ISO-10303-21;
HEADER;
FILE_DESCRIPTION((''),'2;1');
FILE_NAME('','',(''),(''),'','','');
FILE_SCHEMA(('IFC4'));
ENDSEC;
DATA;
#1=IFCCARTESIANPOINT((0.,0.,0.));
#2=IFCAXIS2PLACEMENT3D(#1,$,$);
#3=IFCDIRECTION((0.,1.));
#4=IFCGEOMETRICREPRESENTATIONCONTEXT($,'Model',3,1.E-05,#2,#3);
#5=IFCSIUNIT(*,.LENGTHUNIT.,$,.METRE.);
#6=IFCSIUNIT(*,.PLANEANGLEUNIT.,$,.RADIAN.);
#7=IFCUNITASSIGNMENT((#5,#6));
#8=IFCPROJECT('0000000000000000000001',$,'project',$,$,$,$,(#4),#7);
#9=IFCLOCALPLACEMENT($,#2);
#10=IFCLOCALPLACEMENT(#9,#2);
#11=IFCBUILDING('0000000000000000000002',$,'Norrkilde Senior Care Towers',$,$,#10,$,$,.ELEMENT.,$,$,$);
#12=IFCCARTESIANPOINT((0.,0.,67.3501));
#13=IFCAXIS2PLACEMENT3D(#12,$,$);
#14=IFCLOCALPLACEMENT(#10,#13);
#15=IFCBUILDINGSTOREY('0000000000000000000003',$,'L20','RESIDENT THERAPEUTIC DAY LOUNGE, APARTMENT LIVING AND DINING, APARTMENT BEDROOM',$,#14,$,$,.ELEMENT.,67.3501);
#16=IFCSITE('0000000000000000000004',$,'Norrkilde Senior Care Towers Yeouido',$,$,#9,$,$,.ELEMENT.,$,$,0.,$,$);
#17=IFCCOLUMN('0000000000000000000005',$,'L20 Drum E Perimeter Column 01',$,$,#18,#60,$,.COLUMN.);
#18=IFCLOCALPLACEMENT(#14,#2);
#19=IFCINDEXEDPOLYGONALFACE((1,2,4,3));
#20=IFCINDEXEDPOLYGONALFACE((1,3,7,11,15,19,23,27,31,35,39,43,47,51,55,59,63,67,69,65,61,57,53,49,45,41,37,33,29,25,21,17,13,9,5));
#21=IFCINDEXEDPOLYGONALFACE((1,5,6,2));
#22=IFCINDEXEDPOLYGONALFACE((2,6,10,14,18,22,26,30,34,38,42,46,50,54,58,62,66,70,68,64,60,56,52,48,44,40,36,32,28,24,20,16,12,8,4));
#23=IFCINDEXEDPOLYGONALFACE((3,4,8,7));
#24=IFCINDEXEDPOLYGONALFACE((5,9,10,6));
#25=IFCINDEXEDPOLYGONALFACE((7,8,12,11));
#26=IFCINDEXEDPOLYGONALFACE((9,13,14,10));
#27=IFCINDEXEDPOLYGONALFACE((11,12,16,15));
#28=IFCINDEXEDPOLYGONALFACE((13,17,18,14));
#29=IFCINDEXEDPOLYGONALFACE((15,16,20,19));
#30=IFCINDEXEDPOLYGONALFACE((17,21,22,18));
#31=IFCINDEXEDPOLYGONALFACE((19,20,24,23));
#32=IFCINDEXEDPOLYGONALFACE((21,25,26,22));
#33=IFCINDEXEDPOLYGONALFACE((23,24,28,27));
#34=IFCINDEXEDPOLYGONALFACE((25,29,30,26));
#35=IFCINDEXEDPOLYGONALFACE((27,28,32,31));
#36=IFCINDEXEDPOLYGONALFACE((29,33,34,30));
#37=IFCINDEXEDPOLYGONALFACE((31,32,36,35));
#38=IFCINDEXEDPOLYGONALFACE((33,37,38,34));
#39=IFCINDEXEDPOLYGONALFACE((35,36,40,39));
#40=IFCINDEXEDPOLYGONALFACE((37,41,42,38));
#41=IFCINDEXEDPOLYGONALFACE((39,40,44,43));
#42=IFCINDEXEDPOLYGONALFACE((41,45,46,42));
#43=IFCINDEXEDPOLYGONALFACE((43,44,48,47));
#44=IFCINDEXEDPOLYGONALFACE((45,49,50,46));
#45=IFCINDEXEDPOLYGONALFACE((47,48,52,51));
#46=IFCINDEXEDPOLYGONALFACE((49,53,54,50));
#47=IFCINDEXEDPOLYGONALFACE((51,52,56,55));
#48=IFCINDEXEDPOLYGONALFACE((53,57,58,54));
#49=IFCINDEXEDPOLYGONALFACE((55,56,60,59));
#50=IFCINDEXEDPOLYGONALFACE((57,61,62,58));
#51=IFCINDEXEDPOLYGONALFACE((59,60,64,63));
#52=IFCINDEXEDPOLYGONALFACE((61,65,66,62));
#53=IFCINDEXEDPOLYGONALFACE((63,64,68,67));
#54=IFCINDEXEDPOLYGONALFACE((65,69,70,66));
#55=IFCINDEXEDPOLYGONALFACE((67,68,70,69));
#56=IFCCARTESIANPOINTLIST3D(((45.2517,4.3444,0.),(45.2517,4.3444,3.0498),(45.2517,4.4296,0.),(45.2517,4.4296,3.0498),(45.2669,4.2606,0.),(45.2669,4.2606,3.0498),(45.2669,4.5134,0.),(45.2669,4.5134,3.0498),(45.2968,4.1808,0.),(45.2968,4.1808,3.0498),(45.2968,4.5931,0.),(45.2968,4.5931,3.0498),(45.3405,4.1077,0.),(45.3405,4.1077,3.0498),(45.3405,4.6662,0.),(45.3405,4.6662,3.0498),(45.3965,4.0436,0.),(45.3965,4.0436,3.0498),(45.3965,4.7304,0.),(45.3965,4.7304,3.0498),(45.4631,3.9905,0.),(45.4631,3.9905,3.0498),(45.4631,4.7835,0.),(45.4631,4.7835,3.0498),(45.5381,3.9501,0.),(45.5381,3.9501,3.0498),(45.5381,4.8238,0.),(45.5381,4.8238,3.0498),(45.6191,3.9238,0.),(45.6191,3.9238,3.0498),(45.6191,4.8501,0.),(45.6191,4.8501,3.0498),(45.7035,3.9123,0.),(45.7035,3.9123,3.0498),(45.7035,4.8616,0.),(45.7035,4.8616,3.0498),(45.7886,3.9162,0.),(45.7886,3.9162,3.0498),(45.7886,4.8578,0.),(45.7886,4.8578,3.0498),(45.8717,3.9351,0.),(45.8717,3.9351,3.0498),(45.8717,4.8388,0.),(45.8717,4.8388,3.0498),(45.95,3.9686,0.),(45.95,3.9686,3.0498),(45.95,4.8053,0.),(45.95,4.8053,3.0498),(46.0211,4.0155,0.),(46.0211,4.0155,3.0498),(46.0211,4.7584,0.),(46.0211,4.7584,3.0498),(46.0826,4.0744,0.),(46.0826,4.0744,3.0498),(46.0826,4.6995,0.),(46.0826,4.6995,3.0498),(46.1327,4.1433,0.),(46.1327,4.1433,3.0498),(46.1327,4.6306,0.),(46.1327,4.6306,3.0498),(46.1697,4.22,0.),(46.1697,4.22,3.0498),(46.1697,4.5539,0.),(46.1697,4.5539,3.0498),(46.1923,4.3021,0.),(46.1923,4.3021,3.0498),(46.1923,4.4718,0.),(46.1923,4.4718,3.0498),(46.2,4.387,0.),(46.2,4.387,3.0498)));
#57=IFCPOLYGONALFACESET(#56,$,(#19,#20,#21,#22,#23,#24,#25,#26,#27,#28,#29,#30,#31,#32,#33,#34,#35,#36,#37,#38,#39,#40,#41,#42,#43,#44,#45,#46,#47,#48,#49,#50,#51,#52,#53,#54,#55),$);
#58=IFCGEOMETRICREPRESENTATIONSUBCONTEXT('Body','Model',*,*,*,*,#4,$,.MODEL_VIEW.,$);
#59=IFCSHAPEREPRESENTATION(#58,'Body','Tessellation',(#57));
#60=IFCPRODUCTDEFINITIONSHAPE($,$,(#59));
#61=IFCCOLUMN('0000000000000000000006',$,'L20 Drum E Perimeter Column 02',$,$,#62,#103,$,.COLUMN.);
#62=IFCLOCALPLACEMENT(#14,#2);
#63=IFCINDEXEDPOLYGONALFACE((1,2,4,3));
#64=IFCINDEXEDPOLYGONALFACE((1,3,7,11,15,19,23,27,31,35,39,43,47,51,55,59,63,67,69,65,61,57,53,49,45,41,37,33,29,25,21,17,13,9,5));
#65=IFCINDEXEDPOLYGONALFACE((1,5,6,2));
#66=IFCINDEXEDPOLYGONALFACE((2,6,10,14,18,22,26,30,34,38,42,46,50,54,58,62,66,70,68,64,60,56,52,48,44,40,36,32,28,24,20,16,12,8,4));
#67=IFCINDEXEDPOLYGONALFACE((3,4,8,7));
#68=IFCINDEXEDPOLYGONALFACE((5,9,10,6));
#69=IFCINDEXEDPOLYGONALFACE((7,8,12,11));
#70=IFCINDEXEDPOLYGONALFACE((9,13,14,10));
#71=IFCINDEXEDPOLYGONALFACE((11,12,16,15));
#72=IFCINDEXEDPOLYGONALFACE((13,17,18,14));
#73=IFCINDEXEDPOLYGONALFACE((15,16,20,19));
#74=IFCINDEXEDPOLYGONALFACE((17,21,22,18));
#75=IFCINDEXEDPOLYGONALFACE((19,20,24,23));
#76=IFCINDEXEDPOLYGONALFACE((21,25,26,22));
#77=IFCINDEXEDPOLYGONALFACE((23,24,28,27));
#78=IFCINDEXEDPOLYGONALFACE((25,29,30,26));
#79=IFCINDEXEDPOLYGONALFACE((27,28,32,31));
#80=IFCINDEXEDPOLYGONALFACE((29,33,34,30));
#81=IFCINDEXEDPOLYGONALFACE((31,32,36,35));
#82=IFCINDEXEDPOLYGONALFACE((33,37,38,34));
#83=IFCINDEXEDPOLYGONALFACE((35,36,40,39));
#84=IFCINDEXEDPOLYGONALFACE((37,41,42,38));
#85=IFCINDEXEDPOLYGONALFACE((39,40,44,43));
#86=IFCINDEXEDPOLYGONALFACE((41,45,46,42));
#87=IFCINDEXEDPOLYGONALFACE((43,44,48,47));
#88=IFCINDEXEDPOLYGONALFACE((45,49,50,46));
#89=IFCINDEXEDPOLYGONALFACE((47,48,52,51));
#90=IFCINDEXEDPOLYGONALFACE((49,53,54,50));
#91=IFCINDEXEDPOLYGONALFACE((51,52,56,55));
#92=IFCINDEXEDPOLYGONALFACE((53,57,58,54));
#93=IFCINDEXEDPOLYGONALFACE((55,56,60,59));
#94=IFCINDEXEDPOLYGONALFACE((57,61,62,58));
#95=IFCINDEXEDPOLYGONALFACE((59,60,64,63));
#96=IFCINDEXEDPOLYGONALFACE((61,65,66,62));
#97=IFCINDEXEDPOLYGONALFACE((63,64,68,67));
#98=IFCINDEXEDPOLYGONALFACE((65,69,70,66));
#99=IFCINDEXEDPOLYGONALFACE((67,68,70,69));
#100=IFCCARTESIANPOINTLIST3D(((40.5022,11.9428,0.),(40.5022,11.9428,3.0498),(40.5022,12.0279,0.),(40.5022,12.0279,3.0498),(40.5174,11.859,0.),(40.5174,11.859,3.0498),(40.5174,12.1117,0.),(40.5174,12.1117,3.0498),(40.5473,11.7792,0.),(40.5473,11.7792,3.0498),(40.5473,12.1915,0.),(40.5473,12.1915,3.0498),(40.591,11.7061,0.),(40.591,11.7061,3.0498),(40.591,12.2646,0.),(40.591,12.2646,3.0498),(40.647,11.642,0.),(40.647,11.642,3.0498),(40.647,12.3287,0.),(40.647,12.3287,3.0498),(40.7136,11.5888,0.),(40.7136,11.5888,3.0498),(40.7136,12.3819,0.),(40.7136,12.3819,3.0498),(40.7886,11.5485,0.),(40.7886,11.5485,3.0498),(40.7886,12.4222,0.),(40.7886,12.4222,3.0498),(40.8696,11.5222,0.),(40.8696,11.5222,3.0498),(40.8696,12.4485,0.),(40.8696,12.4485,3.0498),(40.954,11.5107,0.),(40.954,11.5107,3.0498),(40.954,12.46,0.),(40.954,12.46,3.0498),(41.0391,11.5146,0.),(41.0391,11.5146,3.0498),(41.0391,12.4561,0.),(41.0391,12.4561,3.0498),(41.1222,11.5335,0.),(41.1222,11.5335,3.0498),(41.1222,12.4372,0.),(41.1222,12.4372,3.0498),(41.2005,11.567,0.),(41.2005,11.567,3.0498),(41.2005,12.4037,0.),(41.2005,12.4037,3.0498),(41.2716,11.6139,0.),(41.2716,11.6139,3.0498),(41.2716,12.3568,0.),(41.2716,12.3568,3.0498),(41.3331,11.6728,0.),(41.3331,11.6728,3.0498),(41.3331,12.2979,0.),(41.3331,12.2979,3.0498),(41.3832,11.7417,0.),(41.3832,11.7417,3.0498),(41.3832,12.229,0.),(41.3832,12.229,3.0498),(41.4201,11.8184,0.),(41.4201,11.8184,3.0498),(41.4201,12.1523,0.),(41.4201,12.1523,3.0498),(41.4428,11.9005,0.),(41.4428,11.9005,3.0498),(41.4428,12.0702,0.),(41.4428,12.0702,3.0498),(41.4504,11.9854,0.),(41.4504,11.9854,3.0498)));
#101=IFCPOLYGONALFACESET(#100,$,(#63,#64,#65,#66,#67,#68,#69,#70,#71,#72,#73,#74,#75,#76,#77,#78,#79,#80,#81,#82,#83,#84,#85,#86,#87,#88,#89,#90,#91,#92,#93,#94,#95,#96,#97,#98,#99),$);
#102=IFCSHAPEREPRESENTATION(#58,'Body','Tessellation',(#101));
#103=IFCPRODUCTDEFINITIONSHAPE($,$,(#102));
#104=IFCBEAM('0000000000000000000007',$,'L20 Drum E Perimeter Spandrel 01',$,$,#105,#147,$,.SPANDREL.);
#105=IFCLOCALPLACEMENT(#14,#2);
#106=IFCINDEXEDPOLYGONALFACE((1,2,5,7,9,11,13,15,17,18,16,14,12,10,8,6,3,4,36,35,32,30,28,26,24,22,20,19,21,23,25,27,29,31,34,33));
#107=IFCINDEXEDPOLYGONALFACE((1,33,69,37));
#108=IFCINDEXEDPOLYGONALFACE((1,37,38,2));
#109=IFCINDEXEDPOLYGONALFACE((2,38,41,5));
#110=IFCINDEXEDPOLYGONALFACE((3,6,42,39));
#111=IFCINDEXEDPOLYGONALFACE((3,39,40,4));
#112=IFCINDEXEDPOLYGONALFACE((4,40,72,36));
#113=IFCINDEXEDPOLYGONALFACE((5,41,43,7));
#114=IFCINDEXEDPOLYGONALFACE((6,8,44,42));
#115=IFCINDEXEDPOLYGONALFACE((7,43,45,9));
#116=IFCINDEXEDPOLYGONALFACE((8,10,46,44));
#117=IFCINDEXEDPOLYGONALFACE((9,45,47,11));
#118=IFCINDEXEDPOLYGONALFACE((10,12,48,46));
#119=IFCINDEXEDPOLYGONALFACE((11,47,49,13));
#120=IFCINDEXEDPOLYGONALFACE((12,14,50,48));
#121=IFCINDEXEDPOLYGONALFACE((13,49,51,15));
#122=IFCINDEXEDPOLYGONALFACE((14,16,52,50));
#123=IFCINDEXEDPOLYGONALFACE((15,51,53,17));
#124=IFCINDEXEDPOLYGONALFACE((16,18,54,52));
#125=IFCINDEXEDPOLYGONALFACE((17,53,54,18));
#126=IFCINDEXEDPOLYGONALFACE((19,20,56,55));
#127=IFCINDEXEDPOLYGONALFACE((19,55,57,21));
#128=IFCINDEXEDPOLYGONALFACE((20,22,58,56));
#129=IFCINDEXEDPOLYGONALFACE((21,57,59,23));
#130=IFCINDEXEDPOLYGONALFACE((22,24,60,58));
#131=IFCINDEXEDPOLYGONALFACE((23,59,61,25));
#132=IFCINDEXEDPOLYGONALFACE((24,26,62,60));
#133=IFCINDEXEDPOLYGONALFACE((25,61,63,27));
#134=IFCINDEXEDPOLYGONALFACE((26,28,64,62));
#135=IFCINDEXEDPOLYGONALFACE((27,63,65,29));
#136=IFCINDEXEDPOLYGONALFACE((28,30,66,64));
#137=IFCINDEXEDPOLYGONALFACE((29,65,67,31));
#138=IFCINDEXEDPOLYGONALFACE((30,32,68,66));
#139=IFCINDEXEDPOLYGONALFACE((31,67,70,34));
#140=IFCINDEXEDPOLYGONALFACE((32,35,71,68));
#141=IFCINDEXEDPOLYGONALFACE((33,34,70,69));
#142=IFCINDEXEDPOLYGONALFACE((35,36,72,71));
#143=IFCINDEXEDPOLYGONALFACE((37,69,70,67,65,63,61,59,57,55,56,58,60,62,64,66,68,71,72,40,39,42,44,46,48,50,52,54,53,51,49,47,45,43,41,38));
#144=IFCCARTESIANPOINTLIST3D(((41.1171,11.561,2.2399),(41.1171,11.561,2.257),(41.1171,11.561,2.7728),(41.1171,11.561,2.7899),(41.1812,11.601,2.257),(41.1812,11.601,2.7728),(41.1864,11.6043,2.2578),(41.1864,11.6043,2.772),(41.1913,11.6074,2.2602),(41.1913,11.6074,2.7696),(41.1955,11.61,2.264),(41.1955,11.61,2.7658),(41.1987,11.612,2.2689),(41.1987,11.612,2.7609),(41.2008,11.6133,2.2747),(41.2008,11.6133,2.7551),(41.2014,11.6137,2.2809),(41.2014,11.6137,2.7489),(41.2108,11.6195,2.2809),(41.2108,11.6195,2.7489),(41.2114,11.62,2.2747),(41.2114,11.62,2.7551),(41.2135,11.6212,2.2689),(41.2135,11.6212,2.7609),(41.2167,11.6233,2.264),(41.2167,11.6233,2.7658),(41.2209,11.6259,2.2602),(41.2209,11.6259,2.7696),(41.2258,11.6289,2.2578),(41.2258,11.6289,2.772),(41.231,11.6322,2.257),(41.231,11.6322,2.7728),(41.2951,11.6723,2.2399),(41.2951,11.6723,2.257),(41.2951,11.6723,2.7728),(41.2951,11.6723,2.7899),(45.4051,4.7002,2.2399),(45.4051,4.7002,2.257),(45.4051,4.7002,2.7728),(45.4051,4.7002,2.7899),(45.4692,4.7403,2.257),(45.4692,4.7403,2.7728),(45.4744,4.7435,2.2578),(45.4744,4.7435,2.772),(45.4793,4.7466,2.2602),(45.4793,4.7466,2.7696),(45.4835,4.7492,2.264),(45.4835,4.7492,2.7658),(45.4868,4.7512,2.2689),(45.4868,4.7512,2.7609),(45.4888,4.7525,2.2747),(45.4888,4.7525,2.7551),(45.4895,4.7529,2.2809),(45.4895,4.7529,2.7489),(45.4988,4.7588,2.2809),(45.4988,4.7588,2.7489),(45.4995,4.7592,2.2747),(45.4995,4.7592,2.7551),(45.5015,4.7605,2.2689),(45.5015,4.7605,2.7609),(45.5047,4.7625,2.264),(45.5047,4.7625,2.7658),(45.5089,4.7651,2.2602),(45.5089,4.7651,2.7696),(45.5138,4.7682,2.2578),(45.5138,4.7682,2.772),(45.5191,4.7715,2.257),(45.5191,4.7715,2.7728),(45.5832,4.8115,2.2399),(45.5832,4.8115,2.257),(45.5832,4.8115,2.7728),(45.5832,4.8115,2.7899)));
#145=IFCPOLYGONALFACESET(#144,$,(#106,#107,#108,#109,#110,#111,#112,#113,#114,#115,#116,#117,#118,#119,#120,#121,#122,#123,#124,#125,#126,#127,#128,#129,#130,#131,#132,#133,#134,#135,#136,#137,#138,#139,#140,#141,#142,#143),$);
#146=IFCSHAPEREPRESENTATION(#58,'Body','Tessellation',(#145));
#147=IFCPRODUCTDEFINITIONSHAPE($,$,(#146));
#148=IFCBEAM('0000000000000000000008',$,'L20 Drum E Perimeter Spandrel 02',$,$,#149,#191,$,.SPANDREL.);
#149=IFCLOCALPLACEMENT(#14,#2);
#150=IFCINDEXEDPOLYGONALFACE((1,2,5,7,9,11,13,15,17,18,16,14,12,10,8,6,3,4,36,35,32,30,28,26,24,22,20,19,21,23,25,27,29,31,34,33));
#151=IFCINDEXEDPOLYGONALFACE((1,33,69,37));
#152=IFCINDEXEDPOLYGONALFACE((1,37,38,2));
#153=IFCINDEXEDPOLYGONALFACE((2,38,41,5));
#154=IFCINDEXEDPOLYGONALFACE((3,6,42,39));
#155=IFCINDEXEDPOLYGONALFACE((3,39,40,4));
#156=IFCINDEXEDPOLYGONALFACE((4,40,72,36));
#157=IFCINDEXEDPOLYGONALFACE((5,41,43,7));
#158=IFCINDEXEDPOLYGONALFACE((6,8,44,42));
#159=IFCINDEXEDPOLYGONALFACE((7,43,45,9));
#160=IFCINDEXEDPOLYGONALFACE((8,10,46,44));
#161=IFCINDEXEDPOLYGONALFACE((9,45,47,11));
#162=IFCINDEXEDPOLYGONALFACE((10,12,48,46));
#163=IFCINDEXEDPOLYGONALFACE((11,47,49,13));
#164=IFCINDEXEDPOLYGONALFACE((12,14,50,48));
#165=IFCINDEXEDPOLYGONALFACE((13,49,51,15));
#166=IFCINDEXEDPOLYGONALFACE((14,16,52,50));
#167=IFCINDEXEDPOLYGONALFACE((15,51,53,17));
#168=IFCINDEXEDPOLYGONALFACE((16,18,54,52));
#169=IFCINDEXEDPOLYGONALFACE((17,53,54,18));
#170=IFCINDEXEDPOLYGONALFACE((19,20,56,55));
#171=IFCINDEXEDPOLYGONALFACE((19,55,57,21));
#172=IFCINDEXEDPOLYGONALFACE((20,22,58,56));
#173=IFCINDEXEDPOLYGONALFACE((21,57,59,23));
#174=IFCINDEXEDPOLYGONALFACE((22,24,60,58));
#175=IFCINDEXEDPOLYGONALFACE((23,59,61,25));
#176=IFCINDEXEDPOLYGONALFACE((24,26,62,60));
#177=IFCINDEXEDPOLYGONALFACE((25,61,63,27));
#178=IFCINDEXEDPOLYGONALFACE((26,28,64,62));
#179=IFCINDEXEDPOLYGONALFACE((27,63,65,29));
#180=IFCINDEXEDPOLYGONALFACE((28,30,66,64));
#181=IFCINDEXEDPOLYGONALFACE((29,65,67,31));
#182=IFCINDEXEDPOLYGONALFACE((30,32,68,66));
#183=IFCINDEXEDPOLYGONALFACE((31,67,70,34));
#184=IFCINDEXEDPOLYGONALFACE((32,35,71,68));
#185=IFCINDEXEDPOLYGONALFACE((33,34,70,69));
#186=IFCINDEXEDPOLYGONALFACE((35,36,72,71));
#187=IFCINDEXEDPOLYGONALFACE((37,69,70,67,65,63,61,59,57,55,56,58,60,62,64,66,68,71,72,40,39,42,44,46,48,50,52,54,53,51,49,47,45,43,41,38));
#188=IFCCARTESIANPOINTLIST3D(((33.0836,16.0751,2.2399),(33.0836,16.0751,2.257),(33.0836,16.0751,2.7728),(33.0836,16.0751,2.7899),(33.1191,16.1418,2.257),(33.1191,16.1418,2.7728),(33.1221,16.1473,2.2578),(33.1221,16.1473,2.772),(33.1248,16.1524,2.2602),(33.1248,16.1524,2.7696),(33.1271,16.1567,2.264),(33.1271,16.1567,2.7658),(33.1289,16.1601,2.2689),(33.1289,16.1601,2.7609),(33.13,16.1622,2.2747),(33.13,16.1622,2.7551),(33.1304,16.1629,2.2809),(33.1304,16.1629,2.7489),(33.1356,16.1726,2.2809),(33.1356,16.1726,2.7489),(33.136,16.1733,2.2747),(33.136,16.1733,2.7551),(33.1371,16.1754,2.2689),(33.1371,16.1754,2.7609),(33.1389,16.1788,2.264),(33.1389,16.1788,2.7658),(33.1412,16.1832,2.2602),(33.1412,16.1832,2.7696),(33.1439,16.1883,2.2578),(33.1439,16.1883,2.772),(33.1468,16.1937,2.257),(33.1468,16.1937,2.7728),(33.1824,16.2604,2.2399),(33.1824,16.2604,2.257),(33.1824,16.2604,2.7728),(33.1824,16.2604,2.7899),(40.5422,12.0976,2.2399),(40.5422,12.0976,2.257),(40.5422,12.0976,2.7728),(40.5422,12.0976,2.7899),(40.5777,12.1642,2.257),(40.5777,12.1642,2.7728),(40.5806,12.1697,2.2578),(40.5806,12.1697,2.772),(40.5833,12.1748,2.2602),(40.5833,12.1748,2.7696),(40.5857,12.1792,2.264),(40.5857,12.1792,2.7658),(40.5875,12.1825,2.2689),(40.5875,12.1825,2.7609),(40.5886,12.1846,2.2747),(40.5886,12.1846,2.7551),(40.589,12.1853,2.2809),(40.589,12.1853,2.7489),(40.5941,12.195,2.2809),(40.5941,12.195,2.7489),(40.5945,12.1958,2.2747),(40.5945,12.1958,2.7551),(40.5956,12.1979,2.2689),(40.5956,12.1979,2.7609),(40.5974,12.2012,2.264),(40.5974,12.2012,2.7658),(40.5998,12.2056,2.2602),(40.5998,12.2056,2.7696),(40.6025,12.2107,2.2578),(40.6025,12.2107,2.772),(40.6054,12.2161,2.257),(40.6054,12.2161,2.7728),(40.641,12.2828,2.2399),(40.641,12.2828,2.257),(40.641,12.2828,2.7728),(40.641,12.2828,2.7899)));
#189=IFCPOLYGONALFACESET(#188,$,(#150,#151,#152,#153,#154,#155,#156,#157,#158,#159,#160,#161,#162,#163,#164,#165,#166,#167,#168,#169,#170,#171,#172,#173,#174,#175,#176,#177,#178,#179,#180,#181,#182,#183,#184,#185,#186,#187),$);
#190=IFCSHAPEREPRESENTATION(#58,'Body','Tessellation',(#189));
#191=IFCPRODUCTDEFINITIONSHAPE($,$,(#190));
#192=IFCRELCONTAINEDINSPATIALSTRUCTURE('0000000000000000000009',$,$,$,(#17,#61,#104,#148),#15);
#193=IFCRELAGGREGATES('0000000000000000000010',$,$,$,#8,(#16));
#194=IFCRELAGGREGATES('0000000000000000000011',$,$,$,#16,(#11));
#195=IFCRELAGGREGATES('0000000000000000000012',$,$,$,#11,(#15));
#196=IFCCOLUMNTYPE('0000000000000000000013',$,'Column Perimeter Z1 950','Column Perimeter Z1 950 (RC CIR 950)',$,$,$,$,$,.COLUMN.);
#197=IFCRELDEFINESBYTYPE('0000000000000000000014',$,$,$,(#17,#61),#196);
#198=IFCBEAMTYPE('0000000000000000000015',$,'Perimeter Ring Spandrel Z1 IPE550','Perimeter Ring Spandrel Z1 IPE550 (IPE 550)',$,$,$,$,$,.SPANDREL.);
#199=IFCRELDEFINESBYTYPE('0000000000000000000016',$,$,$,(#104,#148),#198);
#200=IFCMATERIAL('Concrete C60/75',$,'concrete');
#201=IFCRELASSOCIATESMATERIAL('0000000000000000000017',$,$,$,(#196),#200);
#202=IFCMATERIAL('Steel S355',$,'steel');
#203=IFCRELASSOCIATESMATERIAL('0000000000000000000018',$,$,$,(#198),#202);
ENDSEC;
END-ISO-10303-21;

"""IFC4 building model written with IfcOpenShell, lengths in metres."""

from ifc_helpers import new_model, si_unit, direction, frame, origin, origin_2d, place, context, subcontext, project, spatial, circle, i_section, extrude, source, transform, mapped, material, material_profile, profile_set, type_object, type_shapes, element, save


model = new_model("IFC4")

# Units and contexts
model_context = context("Model", 3, precision=1e-05, world=origin(), true_north=direction((0.0, 1.0)))
body_context = subcontext(model_context, "Body", "Model", "MODEL_VIEW")
ifc_project = project(units=[si_unit("LENGTHUNIT", "METRE"), si_unit("PLANEANGLEUNIT", "RADIAN")], contexts=[model_context])

# Site, building, storey
site_placement = place(None, origin())
site = spatial("IfcSite", under=ifc_project, at=site_placement, Name="Norrkilde Senior Care Towers Yeouido", CompositionType="ELEMENT", RefElevation=0.0)
building_placement = place(site_placement, origin())
building = spatial("IfcBuilding", under=site, at=building_placement, Name="Norrkilde Senior Care Towers", CompositionType="ELEMENT")
storey_placement = place(building_placement, frame((0.0, 0.0, 67.3501)))
storey = spatial("IfcBuildingStorey", under=building, at=storey_placement, Name="L20", Description="RESIDENT THERAPEUTIC DAY LOUNGE, APARTMENT LIVING AND DINING, APARTMENT BEDROOM", CompositionType="ELEMENT", Elevation=67.3501)

# Columns
ifc_material_1 = material(Name="Concrete C60/75", Category="concrete")
ifc_material_profile_1 = material_profile(ifc_material_1, circle(Radius=0.4751, at=origin_2d()), Name="RC CIR 950")
ifc_profile_set_1 = profile_set([ifc_material_profile_1], Name="Concrete C60/75")
column_type = type_object("IfcColumnType", Name="Column Perimeter Z1 950", Description="Column Perimeter Z1 950 (RC CIR 950)", PredefinedType="COLUMN", material=ifc_profile_set_1)
shared_shape_1 = source(origin(), body_context, "Body", "SweptSolid", [
    extrude(circle(Radius=0.4751, at=origin_2d()), origin(), (0.0, 0.0, 1.0), 3.0498),
])
type_shapes(column_type, [shared_shape_1])
for number, where, z_axis, x_axis, name in (
    (1, (45.7249, 4.387, 0.0), (0.0, 0.0, 1.0), (1.0, 0.0, 0.0), "L20 Drum E Perimeter Column 01"),
    (2, (40.9753, 11.9854, 0.0), (0.0, 0.0, 1.0), (1.0, 0.0, 0.0), "L20 Drum E Perimeter Column 02"),
):
    element("IfcColumn", number, at=place(storey_placement, frame(where, z_axis=z_axis, x_axis=x_axis)), inside=storey, type_object=column_type, Name=name, PredefinedType="COLUMN", context=body_context, shape_type="MappedRepresentation", body=[
        mapped(shared_shape_1, transform((0.0, 0.0, 0.0), x_axis=(1.0, 0.0, 0.0), y_axis=(0.0, 1.0, 0.0), z_axis=(0.0, 0.0, 1.0), scale=1.0)),
    ])

# Beams
ifc_material_2 = material(Name="Steel S355", Category="steel")
ifc_material_profile_2 = material_profile(ifc_material_2, i_section(OverallWidth=0.21, OverallDepth=0.55, WebThickness=0.011, FlangeThickness=0.0171, FilletRadius=0.0239, at=origin_2d()), Name="IPE 550")
ifc_profile_set_2 = profile_set([ifc_material_profile_2], Name="Steel S355")
beam_type_1 = type_object("IfcBeamType", Name="Perimeter Ring Spandrel Z1 IPE550", Description="Perimeter Ring Spandrel Z1 IPE550 (IPE 550)", PredefinedType="SPANDREL", material=ifc_profile_set_2)
shared_shape_2 = source(origin(), body_context, "Body", "SweptSolid", [
    extrude(i_section(OverallWidth=0.21, OverallDepth=0.55, WebThickness=0.011, FlangeThickness=0.0171, FilletRadius=0.0239, at=origin_2d()), origin(), (0.0, 0.0, 1.0), 8.0906),
])
beam_1_placement = place(storey_placement, frame((45.4941, 4.7559, 2.5149), z_axis=(-0.530004, 0.847995, 0.0), x_axis=(-0.847995, -0.530004, 0.0)))
element("IfcBeam", 3, at=beam_1_placement, inside=storey, type_object=beam_type_1, Name="L20 Drum E Perimeter Spandrel 01", PredefinedType="SPANDREL", context=body_context, shape_type="MappedRepresentation", body=[
    mapped(shared_shape_2, transform((0.0, 0.0, 0.0), x_axis=(1.0, 0.0, 0.0), y_axis=(0.0, 1.0, 0.0), z_axis=(0.0, 0.0, 1.0), scale=1.0)),
])
shared_shape_3 = source(origin(), body_context, "Body", "SweptSolid", [
    extrude(i_section(OverallWidth=0.21, OverallDepth=0.55, WebThickness=0.011, FlangeThickness=0.0171, FilletRadius=0.0239, at=origin_2d()), origin(), (0.0, 0.0, 1.0), 8.4529),
])
type_shapes(beam_type_1, [shared_shape_2, shared_shape_3])
beam_2_placement = place(storey_placement, frame((40.5916, 12.1902, 2.5149), z_axis=(-0.882369, 0.470558, 0.0), x_axis=(-0.470558, -0.882369, 0.0)))
element("IfcBeam", 4, at=beam_2_placement, inside=storey, type_object=beam_type_1, Name="L20 Drum E Perimeter Spandrel 02", PredefinedType="SPANDREL", context=body_context, shape_type="MappedRepresentation", body=[
    mapped(shared_shape_3, transform((0.0, 0.0, 0.0), x_axis=(1.0, 0.0, 0.0), y_axis=(0.0, 1.0, 0.0), z_axis=(0.0, 0.0, 1.0), scale=1.0)),
])

save(model, "model.ifc")
